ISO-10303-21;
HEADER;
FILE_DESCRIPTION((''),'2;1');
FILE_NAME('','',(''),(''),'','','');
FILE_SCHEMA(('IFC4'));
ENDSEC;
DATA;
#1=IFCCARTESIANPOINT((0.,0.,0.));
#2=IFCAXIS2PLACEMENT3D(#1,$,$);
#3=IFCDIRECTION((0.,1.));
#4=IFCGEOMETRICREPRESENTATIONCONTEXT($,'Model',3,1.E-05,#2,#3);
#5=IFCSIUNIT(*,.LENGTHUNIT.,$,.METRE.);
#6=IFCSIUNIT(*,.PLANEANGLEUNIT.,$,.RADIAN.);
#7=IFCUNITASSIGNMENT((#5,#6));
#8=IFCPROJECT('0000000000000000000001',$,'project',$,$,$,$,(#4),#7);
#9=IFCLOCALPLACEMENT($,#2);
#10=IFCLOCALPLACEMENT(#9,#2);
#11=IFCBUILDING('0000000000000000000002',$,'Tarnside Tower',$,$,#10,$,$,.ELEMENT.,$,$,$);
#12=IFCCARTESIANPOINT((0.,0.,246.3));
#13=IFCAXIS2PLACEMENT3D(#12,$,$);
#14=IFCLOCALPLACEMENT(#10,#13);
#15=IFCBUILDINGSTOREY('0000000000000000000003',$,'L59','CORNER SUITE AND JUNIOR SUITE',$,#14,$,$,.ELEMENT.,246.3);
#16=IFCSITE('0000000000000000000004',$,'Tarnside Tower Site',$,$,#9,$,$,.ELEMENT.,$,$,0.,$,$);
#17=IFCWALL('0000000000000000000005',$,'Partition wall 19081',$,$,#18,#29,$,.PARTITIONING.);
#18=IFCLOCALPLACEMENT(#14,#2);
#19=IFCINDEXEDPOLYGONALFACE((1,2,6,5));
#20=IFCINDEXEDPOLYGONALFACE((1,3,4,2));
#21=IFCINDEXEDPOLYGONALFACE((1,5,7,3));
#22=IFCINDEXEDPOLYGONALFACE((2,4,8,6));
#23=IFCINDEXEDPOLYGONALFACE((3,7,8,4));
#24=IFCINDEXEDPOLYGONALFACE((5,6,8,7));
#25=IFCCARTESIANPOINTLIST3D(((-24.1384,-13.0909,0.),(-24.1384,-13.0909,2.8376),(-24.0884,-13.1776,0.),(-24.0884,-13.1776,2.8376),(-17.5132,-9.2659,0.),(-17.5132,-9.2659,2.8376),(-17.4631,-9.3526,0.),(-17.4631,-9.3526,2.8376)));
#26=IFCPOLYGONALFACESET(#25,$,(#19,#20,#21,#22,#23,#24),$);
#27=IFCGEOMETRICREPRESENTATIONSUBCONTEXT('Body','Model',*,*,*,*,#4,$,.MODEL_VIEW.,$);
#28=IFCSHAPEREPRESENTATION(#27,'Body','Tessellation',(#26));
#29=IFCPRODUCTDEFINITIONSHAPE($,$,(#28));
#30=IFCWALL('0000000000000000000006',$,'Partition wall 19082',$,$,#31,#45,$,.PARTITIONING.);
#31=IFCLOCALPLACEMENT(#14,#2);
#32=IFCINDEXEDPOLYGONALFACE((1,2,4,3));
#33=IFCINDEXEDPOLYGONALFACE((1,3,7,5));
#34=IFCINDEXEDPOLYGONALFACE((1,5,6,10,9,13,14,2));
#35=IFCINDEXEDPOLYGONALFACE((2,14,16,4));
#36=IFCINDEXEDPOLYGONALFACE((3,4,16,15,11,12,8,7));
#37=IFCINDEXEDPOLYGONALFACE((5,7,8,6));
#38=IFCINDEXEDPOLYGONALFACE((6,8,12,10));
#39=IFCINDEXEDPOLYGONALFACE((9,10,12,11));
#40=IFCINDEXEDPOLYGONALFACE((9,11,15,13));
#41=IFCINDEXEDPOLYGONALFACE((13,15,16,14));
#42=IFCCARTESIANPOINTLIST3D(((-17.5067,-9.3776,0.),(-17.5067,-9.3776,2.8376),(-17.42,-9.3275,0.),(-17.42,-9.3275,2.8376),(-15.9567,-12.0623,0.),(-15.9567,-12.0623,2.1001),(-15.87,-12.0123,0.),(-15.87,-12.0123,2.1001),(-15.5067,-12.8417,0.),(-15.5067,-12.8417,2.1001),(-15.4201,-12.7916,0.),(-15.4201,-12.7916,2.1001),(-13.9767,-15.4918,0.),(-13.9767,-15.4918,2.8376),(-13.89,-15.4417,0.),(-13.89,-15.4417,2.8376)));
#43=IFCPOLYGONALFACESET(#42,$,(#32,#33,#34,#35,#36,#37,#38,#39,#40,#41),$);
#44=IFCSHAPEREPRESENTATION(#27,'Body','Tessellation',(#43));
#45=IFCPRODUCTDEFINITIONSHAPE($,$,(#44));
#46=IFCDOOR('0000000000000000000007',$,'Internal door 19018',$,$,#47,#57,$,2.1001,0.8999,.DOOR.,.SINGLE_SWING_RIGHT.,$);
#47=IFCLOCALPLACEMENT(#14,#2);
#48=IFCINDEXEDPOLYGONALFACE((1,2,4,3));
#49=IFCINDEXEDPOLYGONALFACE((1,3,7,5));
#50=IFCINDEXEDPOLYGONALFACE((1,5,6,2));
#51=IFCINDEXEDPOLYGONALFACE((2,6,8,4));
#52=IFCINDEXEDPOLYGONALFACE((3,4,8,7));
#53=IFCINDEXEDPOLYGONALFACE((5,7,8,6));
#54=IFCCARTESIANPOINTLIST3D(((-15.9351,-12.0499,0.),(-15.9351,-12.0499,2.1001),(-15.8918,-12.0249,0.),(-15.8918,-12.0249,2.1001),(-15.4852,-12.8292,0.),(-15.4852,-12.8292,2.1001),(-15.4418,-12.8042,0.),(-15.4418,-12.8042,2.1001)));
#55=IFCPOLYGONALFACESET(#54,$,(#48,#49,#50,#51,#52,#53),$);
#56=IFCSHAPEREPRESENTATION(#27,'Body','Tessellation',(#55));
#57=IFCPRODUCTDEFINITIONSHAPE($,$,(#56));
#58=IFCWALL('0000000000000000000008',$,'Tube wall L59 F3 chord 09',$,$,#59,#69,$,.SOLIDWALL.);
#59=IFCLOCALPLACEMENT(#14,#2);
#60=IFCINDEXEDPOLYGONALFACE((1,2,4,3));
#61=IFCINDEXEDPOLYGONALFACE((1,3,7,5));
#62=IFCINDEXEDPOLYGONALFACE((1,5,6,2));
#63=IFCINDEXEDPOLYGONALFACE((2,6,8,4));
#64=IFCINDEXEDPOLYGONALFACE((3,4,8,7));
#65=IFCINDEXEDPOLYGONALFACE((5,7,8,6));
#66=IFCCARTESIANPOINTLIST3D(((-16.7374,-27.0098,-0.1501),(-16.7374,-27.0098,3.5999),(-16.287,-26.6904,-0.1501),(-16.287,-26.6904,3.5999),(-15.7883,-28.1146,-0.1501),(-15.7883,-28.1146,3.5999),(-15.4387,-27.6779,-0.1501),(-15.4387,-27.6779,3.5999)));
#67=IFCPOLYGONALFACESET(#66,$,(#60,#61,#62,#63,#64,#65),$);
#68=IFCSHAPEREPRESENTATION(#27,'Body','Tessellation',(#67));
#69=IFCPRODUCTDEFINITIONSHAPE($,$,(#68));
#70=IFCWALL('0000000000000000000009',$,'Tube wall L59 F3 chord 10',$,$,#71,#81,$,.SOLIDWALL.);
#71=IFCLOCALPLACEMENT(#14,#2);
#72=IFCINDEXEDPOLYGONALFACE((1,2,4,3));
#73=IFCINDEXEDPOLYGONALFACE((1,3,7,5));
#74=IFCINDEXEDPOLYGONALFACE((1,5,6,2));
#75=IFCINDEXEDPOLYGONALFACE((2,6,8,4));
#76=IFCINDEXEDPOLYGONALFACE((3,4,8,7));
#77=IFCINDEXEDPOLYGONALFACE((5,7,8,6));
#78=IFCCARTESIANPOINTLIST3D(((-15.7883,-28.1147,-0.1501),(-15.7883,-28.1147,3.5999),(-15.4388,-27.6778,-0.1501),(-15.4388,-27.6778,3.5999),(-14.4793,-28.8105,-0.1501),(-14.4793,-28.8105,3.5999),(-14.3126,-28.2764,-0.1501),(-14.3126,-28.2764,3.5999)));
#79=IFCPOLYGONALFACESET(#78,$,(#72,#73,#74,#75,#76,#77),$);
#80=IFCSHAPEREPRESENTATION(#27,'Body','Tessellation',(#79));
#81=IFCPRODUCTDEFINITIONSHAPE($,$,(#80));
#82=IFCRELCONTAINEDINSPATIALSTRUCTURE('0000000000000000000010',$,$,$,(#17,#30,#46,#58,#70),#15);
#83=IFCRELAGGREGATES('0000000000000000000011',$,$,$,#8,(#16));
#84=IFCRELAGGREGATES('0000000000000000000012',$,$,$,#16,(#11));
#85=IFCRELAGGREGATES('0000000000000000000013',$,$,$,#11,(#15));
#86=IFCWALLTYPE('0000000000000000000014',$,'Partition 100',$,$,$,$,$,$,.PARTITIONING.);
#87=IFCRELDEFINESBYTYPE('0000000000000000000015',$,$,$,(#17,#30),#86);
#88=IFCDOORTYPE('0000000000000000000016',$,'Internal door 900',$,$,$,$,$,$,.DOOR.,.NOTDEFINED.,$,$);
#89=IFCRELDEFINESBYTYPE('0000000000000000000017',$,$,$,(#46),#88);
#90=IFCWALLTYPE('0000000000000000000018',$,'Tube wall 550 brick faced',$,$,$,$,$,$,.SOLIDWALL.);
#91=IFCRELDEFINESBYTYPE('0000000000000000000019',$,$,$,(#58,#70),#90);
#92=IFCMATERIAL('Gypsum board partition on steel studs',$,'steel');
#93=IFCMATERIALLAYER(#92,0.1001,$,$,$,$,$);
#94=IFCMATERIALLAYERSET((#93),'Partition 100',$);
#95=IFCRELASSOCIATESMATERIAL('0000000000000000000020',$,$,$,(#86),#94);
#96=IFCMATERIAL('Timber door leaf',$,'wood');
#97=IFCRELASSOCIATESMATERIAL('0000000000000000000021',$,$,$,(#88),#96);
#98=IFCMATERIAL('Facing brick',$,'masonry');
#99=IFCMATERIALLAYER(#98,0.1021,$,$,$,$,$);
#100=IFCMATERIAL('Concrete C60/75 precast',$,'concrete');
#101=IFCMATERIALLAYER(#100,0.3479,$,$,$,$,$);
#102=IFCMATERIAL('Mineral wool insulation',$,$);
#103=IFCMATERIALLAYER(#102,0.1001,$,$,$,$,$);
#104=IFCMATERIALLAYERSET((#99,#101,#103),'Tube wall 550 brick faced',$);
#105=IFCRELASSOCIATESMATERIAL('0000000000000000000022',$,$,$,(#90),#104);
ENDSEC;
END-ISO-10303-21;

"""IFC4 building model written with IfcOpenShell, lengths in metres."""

from ifc_helpers import new_model, si_unit, direction, frame, frame_2d, origin, place, context, subcontext, project, spatial, polyline, rectangle, outline, extrude, material, layer, layer_set, type_object, element, fill, save


model = new_model("IFC4")

# Units and contexts
model_context = context("Model", 3, precision=1e-05, world=origin(), true_north=direction((0.0, 1.0)))
body_context = subcontext(model_context, "Body", "Model", "MODEL_VIEW")
ifc_project = project(units=[si_unit("LENGTHUNIT", "METRE"), si_unit("PLANEANGLEUNIT", "RADIAN")], contexts=[model_context])

# Site, building, storey
site_placement = place(None, origin())
site = spatial("IfcSite", under=ifc_project, at=site_placement, Name="Tarnside Tower Site", CompositionType="ELEMENT", RefElevation=0.0)
building_placement = place(site_placement, origin())
building = spatial("IfcBuilding", under=site, at=building_placement, Name="Tarnside Tower", CompositionType="ELEMENT")
storey_placement = place(building_placement, frame((0.0, 0.0, 246.3)))
storey = spatial("IfcBuildingStorey", under=building, at=storey_placement, Name="L59", Description="CORNER SUITE AND JUNIOR SUITE", CompositionType="ELEMENT", Elevation=246.3)

# Wall
ifc_material_1 = material(Name="Gypsum board partition on steel studs", Category="steel")
ifc_layer_1 = layer(ifc_material_1, 0.1001)
ifc_layer_set_1 = layer_set([ifc_layer_1], Name="Partition 100")
wall_type_1 = type_object("IfcWallType", Name="Partition 100", PredefinedType="PARTITIONING", material=ifc_layer_set_1)
wall_1_placement = place(storey_placement, frame((-24.1135, -13.1343, 0.0), z_axis=(0.0, 0.0, 1.0), x_axis=(0.866033, 0.499987, 0.0)))
element("IfcWall", 1, at=wall_1_placement, inside=storey, type_object=wall_type_1, Name="Partition wall 19081", PredefinedType="PARTITIONING", context=body_context, shape_type="SweptSolid", body=[
    extrude(rectangle(XDim=7.6501, YDim=0.1001, at=frame_2d((3.8252, 0.0))), origin(), (0.0, 0.0, 1.0), 2.8376),
])

# Wall, opening, door
wall_2_placement = place(storey_placement, frame((-17.4634, -9.3525, 0.0), z_axis=(0.0, 0.0, 1.0), x_axis=(0.499996, -0.866028, 0.0)))
wall_2 = element("IfcWall", 2, at=wall_2_placement, inside=storey, type_object=wall_type_1, Name="Partition wall 19082", PredefinedType="PARTITIONING", context=body_context, shape_type="SweptSolid", body=[
    extrude(rectangle(XDim=7.0601, YDim=0.1001, at=frame_2d((3.53, 0.0))), origin(), (0.0, 0.0, 1.0), 2.8376),
])
opening_placement = place(wall_2_placement, frame((3.1001, 0.0, 0.0)))
opening = element("IfcOpeningElement", 3, at=opening_placement, cuts=wall_2, PredefinedType="OPENING", context=body_context, shape_type="SweptSolid", body=[
    extrude(rectangle(XDim=0.8999, YDim=2.1001, at=frame_2d((0.45, 1.05))), frame((0.0, 0.0601, 0.0), z_axis=(0.0, -1.0, 0.0), x_axis=(1.0, 0.0, 0.0)), (0.0, 0.0, 1.0), 0.1201),
])
ifc_material_2 = material(Name="Timber door leaf", Category="wood")
door_type = type_object("IfcDoorType", Name="Internal door 900", OperationType="NOTDEFINED", PredefinedType="DOOR", material=ifc_material_2)
door_placement = place(opening_placement, origin())
door = element("IfcDoor", 4, at=door_placement, inside=storey, type_object=door_type, Name="Internal door 19018", OperationType="SINGLE_SWING_RIGHT", OverallHeight=2.1001, OverallWidth=0.8999, PredefinedType="DOOR", context=body_context, shape_type="SweptSolid", body=[
    extrude(rectangle(XDim=0.8999, YDim=2.1001, at=frame_2d((0.45, 1.05))), frame((0.0, 0.0249, 0.0), z_axis=(0.0, -1.0, 0.0), x_axis=(1.0, 0.0, 0.0)), (0.0, 0.0, 1.0), 0.05),
])
fill(opening, door)

# Walls
ifc_material_3 = material(Name="Facing brick", Category="masonry")
ifc_layer_2 = layer(ifc_material_3, 0.1021)
ifc_material_4 = material(Name="Concrete C60/75 precast", Category="concrete")
ifc_layer_3 = layer(ifc_material_4, 0.3479)
ifc_material_5 = material(Name="Mineral wool insulation")
ifc_layer_4 = layer(ifc_material_5, 0.1001)
ifc_layer_set_2 = layer_set([ifc_layer_2, ifc_layer_3, ifc_layer_4], Name="Tube wall 550 brick faced")
wall_type_2 = type_object("IfcWallType", Name="Tube wall 550 brick faced", PredefinedType="SOLIDWALL", material=ifc_layer_set_2)
wall_3_placement = place(storey_placement, frame((-16.5122, -26.8501, -0.1501), z_axis=(0.0, 0.0, 1.0), x_axis=(0.651622, -0.758544, 0.0)))
element("IfcWall", 5, at=wall_3_placement, inside=storey, type_object=wall_type_2, Name="Tube wall L59 F3 chord 09", PredefinedType="SOLIDWALL", context=body_context, shape_type="SweptSolid", body=[
    extrude(outline(polyline([(-0.0256, -0.2749), (1.4309, -0.2749), (1.3274, 0.2749), (0.0256, 0.2749), (-0.0256, -0.2749)])), origin(), (0.0, 0.0, 1.0), 3.75),
])
wall_4_placement = place(storey_placement, frame((-15.6135, -27.8962, -0.1501), z_axis=(0.0, 0.0, 1.0), x_axis=(0.882994, -0.469384, 0.0)))
element("IfcWall", 6, at=wall_4_placement, inside=storey, type_object=wall_type_2, Name="Tube wall L59 F3 chord 10", PredefinedType="SOLIDWALL", context=body_context, shape_type="SweptSolid", body=[
    extrude(outline(polyline([(-0.0518, -0.2749), (1.4307, -0.2749), (1.3271, 0.2749), (0.0518, 0.2749), (-0.0518, -0.2749)])), origin(), (0.0, 0.0, 1.0), 3.75),
])

save(model, "model.ifc")
